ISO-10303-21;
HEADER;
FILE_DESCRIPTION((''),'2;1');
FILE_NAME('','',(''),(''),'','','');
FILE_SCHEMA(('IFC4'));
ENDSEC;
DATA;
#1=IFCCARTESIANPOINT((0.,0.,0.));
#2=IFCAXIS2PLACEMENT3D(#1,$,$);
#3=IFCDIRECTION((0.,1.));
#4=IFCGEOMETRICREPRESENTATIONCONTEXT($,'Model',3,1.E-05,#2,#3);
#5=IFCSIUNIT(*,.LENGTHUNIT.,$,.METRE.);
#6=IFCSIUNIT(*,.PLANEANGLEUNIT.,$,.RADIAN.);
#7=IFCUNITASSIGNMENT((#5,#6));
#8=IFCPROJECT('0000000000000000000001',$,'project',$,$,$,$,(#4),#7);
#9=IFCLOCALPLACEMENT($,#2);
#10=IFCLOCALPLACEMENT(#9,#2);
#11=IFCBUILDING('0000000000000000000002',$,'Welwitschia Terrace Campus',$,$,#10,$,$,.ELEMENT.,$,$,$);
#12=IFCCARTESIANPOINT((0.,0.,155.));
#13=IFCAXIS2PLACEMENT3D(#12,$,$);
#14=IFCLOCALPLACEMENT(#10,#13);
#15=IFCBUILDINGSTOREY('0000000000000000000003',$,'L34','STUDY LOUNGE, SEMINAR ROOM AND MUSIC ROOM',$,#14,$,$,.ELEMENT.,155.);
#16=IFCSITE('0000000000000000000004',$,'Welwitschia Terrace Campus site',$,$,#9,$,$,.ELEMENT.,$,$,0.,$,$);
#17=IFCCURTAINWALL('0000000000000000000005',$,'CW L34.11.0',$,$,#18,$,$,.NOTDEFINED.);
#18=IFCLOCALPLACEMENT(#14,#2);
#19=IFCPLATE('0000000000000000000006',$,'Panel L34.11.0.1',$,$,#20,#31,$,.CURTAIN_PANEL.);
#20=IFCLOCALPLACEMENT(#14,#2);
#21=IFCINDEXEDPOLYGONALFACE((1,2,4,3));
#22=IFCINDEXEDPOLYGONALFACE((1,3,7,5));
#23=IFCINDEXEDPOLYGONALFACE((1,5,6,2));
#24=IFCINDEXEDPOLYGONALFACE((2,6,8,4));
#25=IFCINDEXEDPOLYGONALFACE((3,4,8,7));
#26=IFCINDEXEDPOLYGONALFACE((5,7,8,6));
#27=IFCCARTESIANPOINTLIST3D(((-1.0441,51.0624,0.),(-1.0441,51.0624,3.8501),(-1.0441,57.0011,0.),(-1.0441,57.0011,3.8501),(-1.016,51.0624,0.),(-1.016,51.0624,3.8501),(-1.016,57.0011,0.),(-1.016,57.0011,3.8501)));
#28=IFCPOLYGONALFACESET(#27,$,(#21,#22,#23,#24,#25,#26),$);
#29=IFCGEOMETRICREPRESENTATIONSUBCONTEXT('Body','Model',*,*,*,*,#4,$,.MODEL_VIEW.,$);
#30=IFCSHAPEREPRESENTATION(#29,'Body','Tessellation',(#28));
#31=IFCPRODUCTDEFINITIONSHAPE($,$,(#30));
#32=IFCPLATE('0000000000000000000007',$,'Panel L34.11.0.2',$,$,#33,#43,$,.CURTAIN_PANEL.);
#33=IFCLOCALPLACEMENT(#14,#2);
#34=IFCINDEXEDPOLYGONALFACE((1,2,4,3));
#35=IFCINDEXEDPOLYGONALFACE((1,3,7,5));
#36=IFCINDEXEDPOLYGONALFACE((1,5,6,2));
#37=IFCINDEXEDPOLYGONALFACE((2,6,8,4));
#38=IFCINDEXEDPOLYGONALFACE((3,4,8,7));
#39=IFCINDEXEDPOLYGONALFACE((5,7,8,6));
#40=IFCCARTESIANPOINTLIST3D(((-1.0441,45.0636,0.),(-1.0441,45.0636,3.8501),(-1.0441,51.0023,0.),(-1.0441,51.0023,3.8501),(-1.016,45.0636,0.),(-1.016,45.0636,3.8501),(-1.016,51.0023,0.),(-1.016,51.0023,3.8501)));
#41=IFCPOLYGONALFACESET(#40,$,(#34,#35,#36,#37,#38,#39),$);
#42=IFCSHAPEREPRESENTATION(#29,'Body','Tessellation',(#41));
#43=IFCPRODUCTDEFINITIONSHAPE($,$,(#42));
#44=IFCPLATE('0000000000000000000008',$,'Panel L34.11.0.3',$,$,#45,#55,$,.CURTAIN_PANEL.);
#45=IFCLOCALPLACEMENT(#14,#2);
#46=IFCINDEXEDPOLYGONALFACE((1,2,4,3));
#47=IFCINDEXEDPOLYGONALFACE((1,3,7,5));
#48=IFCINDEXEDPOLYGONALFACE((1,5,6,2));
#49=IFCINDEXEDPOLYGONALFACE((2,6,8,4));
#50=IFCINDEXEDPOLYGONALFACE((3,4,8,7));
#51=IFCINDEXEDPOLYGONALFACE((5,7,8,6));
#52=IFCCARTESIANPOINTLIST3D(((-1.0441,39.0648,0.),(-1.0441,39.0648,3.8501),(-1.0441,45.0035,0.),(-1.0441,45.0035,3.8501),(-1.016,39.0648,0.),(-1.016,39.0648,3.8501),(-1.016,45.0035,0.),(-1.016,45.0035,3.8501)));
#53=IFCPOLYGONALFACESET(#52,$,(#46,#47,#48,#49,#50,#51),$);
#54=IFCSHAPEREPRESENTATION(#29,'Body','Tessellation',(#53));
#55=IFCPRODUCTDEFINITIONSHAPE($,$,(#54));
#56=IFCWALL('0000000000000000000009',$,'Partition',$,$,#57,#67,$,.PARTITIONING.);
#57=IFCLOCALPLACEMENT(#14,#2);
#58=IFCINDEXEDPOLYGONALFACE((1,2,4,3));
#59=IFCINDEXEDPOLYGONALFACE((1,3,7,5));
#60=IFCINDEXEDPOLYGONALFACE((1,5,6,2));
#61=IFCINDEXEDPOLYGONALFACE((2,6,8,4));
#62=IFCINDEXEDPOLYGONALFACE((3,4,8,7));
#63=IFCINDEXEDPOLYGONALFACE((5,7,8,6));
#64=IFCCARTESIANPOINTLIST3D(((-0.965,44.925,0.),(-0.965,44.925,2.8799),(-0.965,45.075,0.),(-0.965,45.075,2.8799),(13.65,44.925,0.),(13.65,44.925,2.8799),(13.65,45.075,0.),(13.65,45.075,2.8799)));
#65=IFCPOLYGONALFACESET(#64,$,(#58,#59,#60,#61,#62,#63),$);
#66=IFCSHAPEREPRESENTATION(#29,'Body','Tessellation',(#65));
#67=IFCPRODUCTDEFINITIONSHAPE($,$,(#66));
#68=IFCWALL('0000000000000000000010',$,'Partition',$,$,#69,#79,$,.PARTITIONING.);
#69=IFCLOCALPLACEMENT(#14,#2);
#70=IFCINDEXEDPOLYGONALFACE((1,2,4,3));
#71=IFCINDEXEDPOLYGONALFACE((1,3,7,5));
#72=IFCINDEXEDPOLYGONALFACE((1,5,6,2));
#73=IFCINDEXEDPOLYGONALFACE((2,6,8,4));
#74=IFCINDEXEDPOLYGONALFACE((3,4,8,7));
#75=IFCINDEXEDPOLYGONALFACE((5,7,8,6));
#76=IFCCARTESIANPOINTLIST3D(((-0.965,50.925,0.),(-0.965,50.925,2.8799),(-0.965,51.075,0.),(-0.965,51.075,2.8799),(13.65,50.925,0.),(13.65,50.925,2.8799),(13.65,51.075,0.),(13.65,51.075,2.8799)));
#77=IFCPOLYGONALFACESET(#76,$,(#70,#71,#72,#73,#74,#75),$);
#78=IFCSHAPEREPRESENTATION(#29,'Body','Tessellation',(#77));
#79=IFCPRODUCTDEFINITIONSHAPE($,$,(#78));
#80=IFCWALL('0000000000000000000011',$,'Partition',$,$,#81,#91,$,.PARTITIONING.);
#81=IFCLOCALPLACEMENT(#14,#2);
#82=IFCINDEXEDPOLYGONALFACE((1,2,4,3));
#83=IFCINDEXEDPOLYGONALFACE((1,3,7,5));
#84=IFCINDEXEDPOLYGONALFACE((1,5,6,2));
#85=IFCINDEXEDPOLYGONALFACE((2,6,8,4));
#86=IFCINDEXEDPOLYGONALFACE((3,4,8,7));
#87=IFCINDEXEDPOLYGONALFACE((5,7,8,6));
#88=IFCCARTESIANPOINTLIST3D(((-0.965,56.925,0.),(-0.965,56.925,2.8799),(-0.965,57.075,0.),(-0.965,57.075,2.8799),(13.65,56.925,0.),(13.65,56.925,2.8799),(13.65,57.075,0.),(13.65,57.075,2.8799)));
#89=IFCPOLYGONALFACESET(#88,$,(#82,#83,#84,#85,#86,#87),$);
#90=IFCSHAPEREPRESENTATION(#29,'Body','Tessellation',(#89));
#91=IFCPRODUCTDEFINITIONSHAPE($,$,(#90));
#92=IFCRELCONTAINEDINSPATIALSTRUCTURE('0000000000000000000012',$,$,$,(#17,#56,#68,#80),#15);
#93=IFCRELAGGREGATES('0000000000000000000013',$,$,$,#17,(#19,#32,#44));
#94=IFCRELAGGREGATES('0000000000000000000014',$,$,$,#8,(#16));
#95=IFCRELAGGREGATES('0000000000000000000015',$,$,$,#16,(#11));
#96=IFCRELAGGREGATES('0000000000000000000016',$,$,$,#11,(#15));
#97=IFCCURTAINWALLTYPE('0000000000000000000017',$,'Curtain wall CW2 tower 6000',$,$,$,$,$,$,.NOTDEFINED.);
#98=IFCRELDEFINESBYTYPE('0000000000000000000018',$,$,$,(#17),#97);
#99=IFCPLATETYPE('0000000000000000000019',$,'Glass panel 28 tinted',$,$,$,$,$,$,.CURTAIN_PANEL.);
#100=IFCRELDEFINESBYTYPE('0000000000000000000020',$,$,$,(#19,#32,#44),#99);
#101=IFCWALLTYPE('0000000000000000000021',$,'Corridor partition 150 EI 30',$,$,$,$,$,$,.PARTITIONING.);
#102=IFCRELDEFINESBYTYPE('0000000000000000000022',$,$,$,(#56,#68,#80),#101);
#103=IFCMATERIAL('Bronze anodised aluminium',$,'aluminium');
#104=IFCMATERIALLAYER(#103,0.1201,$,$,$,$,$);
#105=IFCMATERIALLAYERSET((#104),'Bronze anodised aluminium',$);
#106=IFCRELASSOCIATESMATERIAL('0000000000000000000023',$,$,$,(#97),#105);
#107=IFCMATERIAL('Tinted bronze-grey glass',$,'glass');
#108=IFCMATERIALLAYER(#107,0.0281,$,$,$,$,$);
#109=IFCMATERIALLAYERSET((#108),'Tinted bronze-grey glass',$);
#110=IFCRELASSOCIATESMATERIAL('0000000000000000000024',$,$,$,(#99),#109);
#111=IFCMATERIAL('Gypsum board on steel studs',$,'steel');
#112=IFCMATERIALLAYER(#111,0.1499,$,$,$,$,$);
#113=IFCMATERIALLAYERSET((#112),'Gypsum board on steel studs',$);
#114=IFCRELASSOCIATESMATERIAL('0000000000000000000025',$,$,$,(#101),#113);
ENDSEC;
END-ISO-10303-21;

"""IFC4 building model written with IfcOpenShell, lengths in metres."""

from ifc_helpers import new_model, si_unit, direction, frame, frame_2d, origin, origin_2d, place, context, subcontext, project, spatial, rectangle, extrude, material, layer, layer_set, type_object, element, aggregate, save


model = new_model("IFC4")

# Units and contexts
model_context = context("Model", 3, precision=1e-05, world=origin(), true_north=direction((0.0, 1.0)))
body_context = subcontext(model_context, "Body", "Model", "MODEL_VIEW")
ifc_project = project(units=[si_unit("LENGTHUNIT", "METRE"), si_unit("PLANEANGLEUNIT", "RADIAN")], contexts=[model_context])

# Site, building, storey
site_placement = place(None, origin())
site = spatial("IfcSite", under=ifc_project, at=site_placement, Name="Welwitschia Terrace Campus site", CompositionType="ELEMENT", RefElevation=0.0)
building_placement = place(site_placement, origin())
building = spatial("IfcBuilding", under=site, at=building_placement, Name="Welwitschia Terrace Campus", CompositionType="ELEMENT")
storey_placement = place(building_placement, frame((0.0, 0.0, 155.0)))
storey = spatial("IfcBuildingStorey", under=building, at=storey_placement, Name="L34", Description="STUDY LOUNGE, SEMINAR ROOM AND MUSIC ROOM", CompositionType="ELEMENT", Elevation=155.0)

# Curtain wall
ifc_material_1 = material(Name="Bronze anodised aluminium", Category="aluminium")
ifc_layer_1 = layer(ifc_material_1, 0.1201)
ifc_layer_set_1 = layer_set([ifc_layer_1], Name="Bronze anodised aluminium")
curtain_wall_type = type_object("IfcCurtainWallType", Name="Curtain wall CW2 tower 6000", PredefinedType="NOTDEFINED", material=ifc_layer_set_1)
curtain_wall_1_placement = place(storey_placement, origin())
curtain_wall_1 = element("IfcCurtainWall", 1, at=curtain_wall_1_placement, inside=storey, type_object=curtain_wall_type, Name="CW L34.11.0", PredefinedType="NOTDEFINED")

# Plates
ifc_material_2 = material(Name="Tinted bronze-grey glass", Category="glass")
ifc_layer_2 = layer(ifc_material_2, 0.0281)
ifc_layer_set_2 = layer_set([ifc_layer_2], Name="Tinted bronze-grey glass")
plate_type = type_object("IfcPlateType", Name="Glass panel 28 tinted", PredefinedType="CURTAIN_PANEL", material=ifc_layer_set_2)
plate_1_placement = place(storey_placement, frame((-1.03, 54.0317, 0.0), z_axis=(0.0, 0.0, 1.0), x_axis=(0.0, -1.0, 0.0)))
plate_1 = element("IfcPlate", 2, at=plate_1_placement, type_object=plate_type, Name="Panel L34.11.0.1", PredefinedType="CURTAIN_PANEL", context=body_context, shape_type="SweptSolid", body=[
    extrude(rectangle(XDim=5.9387, YDim=0.0281, at=origin_2d()), origin(), (0.0, 0.0, 1.0), 3.8501),
])
plate_2_placement = place(storey_placement, frame((-1.03, 48.033, 0.0), z_axis=(0.0, 0.0, 1.0), x_axis=(0.0, -1.0, 0.0)))
plate_2 = element("IfcPlate", 3, at=plate_2_placement, type_object=plate_type, Name="Panel L34.11.0.2", PredefinedType="CURTAIN_PANEL", context=body_context, shape_type="SweptSolid", body=[
    extrude(rectangle(XDim=5.9387, YDim=0.0281, at=origin_2d()), origin(), (0.0, 0.0, 1.0), 3.8501),
])
plate_3_placement = place(storey_placement, frame((-1.03, 42.0342, 0.0), z_axis=(0.0, 0.0, 1.0), x_axis=(0.0, -1.0, 0.0)))
plate_3 = element("IfcPlate", 4, at=plate_3_placement, type_object=plate_type, Name="Panel L34.11.0.3", PredefinedType="CURTAIN_PANEL", context=body_context, shape_type="SweptSolid", body=[
    extrude(rectangle(XDim=5.9387, YDim=0.0281, at=origin_2d()), origin(), (0.0, 0.0, 1.0), 3.8501),
])
aggregate(curtain_wall_1, [plate_1, plate_2, plate_3])

# Walls
ifc_material_3 = material(Name="Gypsum board on steel studs", Category="steel")
ifc_layer_3 = layer(ifc_material_3, 0.1499)
ifc_layer_set_3 = layer_set([ifc_layer_3], Name="Gypsum board on steel studs")
wall_type = type_object("IfcWallType", Name="Corridor partition 150 EI 30", PredefinedType="PARTITIONING", material=ifc_layer_set_3)
for number, where, z_axis, x_axis, name in (
    (5, (-0.9651, 45.0, 0.0), (0.0, 0.0, 1.0), (1.0, 0.0, 0.0), "Partition"),
    (6, (-0.9651, 51.0, 0.0), (0.0, 0.0, 1.0), (1.0, 0.0, 0.0), "Partition"),
    (7, (-0.9651, 57.0, 0.0), (0.0, 0.0, 1.0), (1.0, 0.0, 0.0), "Partition"),
):
    element("IfcWall", number, at=place(storey_placement, frame(where, z_axis=z_axis, x_axis=x_axis)), inside=storey, type_object=wall_type, Name=name, PredefinedType="PARTITIONING", context=body_context, shape_type="SweptSolid", body=[
        extrude(rectangle(XDim=14.615, YDim=0.1499, at=frame_2d((7.3076, 0.0))), origin(), (0.0, 0.0, 1.0), 2.8799),
    ])

save(model, "model.ifc")
